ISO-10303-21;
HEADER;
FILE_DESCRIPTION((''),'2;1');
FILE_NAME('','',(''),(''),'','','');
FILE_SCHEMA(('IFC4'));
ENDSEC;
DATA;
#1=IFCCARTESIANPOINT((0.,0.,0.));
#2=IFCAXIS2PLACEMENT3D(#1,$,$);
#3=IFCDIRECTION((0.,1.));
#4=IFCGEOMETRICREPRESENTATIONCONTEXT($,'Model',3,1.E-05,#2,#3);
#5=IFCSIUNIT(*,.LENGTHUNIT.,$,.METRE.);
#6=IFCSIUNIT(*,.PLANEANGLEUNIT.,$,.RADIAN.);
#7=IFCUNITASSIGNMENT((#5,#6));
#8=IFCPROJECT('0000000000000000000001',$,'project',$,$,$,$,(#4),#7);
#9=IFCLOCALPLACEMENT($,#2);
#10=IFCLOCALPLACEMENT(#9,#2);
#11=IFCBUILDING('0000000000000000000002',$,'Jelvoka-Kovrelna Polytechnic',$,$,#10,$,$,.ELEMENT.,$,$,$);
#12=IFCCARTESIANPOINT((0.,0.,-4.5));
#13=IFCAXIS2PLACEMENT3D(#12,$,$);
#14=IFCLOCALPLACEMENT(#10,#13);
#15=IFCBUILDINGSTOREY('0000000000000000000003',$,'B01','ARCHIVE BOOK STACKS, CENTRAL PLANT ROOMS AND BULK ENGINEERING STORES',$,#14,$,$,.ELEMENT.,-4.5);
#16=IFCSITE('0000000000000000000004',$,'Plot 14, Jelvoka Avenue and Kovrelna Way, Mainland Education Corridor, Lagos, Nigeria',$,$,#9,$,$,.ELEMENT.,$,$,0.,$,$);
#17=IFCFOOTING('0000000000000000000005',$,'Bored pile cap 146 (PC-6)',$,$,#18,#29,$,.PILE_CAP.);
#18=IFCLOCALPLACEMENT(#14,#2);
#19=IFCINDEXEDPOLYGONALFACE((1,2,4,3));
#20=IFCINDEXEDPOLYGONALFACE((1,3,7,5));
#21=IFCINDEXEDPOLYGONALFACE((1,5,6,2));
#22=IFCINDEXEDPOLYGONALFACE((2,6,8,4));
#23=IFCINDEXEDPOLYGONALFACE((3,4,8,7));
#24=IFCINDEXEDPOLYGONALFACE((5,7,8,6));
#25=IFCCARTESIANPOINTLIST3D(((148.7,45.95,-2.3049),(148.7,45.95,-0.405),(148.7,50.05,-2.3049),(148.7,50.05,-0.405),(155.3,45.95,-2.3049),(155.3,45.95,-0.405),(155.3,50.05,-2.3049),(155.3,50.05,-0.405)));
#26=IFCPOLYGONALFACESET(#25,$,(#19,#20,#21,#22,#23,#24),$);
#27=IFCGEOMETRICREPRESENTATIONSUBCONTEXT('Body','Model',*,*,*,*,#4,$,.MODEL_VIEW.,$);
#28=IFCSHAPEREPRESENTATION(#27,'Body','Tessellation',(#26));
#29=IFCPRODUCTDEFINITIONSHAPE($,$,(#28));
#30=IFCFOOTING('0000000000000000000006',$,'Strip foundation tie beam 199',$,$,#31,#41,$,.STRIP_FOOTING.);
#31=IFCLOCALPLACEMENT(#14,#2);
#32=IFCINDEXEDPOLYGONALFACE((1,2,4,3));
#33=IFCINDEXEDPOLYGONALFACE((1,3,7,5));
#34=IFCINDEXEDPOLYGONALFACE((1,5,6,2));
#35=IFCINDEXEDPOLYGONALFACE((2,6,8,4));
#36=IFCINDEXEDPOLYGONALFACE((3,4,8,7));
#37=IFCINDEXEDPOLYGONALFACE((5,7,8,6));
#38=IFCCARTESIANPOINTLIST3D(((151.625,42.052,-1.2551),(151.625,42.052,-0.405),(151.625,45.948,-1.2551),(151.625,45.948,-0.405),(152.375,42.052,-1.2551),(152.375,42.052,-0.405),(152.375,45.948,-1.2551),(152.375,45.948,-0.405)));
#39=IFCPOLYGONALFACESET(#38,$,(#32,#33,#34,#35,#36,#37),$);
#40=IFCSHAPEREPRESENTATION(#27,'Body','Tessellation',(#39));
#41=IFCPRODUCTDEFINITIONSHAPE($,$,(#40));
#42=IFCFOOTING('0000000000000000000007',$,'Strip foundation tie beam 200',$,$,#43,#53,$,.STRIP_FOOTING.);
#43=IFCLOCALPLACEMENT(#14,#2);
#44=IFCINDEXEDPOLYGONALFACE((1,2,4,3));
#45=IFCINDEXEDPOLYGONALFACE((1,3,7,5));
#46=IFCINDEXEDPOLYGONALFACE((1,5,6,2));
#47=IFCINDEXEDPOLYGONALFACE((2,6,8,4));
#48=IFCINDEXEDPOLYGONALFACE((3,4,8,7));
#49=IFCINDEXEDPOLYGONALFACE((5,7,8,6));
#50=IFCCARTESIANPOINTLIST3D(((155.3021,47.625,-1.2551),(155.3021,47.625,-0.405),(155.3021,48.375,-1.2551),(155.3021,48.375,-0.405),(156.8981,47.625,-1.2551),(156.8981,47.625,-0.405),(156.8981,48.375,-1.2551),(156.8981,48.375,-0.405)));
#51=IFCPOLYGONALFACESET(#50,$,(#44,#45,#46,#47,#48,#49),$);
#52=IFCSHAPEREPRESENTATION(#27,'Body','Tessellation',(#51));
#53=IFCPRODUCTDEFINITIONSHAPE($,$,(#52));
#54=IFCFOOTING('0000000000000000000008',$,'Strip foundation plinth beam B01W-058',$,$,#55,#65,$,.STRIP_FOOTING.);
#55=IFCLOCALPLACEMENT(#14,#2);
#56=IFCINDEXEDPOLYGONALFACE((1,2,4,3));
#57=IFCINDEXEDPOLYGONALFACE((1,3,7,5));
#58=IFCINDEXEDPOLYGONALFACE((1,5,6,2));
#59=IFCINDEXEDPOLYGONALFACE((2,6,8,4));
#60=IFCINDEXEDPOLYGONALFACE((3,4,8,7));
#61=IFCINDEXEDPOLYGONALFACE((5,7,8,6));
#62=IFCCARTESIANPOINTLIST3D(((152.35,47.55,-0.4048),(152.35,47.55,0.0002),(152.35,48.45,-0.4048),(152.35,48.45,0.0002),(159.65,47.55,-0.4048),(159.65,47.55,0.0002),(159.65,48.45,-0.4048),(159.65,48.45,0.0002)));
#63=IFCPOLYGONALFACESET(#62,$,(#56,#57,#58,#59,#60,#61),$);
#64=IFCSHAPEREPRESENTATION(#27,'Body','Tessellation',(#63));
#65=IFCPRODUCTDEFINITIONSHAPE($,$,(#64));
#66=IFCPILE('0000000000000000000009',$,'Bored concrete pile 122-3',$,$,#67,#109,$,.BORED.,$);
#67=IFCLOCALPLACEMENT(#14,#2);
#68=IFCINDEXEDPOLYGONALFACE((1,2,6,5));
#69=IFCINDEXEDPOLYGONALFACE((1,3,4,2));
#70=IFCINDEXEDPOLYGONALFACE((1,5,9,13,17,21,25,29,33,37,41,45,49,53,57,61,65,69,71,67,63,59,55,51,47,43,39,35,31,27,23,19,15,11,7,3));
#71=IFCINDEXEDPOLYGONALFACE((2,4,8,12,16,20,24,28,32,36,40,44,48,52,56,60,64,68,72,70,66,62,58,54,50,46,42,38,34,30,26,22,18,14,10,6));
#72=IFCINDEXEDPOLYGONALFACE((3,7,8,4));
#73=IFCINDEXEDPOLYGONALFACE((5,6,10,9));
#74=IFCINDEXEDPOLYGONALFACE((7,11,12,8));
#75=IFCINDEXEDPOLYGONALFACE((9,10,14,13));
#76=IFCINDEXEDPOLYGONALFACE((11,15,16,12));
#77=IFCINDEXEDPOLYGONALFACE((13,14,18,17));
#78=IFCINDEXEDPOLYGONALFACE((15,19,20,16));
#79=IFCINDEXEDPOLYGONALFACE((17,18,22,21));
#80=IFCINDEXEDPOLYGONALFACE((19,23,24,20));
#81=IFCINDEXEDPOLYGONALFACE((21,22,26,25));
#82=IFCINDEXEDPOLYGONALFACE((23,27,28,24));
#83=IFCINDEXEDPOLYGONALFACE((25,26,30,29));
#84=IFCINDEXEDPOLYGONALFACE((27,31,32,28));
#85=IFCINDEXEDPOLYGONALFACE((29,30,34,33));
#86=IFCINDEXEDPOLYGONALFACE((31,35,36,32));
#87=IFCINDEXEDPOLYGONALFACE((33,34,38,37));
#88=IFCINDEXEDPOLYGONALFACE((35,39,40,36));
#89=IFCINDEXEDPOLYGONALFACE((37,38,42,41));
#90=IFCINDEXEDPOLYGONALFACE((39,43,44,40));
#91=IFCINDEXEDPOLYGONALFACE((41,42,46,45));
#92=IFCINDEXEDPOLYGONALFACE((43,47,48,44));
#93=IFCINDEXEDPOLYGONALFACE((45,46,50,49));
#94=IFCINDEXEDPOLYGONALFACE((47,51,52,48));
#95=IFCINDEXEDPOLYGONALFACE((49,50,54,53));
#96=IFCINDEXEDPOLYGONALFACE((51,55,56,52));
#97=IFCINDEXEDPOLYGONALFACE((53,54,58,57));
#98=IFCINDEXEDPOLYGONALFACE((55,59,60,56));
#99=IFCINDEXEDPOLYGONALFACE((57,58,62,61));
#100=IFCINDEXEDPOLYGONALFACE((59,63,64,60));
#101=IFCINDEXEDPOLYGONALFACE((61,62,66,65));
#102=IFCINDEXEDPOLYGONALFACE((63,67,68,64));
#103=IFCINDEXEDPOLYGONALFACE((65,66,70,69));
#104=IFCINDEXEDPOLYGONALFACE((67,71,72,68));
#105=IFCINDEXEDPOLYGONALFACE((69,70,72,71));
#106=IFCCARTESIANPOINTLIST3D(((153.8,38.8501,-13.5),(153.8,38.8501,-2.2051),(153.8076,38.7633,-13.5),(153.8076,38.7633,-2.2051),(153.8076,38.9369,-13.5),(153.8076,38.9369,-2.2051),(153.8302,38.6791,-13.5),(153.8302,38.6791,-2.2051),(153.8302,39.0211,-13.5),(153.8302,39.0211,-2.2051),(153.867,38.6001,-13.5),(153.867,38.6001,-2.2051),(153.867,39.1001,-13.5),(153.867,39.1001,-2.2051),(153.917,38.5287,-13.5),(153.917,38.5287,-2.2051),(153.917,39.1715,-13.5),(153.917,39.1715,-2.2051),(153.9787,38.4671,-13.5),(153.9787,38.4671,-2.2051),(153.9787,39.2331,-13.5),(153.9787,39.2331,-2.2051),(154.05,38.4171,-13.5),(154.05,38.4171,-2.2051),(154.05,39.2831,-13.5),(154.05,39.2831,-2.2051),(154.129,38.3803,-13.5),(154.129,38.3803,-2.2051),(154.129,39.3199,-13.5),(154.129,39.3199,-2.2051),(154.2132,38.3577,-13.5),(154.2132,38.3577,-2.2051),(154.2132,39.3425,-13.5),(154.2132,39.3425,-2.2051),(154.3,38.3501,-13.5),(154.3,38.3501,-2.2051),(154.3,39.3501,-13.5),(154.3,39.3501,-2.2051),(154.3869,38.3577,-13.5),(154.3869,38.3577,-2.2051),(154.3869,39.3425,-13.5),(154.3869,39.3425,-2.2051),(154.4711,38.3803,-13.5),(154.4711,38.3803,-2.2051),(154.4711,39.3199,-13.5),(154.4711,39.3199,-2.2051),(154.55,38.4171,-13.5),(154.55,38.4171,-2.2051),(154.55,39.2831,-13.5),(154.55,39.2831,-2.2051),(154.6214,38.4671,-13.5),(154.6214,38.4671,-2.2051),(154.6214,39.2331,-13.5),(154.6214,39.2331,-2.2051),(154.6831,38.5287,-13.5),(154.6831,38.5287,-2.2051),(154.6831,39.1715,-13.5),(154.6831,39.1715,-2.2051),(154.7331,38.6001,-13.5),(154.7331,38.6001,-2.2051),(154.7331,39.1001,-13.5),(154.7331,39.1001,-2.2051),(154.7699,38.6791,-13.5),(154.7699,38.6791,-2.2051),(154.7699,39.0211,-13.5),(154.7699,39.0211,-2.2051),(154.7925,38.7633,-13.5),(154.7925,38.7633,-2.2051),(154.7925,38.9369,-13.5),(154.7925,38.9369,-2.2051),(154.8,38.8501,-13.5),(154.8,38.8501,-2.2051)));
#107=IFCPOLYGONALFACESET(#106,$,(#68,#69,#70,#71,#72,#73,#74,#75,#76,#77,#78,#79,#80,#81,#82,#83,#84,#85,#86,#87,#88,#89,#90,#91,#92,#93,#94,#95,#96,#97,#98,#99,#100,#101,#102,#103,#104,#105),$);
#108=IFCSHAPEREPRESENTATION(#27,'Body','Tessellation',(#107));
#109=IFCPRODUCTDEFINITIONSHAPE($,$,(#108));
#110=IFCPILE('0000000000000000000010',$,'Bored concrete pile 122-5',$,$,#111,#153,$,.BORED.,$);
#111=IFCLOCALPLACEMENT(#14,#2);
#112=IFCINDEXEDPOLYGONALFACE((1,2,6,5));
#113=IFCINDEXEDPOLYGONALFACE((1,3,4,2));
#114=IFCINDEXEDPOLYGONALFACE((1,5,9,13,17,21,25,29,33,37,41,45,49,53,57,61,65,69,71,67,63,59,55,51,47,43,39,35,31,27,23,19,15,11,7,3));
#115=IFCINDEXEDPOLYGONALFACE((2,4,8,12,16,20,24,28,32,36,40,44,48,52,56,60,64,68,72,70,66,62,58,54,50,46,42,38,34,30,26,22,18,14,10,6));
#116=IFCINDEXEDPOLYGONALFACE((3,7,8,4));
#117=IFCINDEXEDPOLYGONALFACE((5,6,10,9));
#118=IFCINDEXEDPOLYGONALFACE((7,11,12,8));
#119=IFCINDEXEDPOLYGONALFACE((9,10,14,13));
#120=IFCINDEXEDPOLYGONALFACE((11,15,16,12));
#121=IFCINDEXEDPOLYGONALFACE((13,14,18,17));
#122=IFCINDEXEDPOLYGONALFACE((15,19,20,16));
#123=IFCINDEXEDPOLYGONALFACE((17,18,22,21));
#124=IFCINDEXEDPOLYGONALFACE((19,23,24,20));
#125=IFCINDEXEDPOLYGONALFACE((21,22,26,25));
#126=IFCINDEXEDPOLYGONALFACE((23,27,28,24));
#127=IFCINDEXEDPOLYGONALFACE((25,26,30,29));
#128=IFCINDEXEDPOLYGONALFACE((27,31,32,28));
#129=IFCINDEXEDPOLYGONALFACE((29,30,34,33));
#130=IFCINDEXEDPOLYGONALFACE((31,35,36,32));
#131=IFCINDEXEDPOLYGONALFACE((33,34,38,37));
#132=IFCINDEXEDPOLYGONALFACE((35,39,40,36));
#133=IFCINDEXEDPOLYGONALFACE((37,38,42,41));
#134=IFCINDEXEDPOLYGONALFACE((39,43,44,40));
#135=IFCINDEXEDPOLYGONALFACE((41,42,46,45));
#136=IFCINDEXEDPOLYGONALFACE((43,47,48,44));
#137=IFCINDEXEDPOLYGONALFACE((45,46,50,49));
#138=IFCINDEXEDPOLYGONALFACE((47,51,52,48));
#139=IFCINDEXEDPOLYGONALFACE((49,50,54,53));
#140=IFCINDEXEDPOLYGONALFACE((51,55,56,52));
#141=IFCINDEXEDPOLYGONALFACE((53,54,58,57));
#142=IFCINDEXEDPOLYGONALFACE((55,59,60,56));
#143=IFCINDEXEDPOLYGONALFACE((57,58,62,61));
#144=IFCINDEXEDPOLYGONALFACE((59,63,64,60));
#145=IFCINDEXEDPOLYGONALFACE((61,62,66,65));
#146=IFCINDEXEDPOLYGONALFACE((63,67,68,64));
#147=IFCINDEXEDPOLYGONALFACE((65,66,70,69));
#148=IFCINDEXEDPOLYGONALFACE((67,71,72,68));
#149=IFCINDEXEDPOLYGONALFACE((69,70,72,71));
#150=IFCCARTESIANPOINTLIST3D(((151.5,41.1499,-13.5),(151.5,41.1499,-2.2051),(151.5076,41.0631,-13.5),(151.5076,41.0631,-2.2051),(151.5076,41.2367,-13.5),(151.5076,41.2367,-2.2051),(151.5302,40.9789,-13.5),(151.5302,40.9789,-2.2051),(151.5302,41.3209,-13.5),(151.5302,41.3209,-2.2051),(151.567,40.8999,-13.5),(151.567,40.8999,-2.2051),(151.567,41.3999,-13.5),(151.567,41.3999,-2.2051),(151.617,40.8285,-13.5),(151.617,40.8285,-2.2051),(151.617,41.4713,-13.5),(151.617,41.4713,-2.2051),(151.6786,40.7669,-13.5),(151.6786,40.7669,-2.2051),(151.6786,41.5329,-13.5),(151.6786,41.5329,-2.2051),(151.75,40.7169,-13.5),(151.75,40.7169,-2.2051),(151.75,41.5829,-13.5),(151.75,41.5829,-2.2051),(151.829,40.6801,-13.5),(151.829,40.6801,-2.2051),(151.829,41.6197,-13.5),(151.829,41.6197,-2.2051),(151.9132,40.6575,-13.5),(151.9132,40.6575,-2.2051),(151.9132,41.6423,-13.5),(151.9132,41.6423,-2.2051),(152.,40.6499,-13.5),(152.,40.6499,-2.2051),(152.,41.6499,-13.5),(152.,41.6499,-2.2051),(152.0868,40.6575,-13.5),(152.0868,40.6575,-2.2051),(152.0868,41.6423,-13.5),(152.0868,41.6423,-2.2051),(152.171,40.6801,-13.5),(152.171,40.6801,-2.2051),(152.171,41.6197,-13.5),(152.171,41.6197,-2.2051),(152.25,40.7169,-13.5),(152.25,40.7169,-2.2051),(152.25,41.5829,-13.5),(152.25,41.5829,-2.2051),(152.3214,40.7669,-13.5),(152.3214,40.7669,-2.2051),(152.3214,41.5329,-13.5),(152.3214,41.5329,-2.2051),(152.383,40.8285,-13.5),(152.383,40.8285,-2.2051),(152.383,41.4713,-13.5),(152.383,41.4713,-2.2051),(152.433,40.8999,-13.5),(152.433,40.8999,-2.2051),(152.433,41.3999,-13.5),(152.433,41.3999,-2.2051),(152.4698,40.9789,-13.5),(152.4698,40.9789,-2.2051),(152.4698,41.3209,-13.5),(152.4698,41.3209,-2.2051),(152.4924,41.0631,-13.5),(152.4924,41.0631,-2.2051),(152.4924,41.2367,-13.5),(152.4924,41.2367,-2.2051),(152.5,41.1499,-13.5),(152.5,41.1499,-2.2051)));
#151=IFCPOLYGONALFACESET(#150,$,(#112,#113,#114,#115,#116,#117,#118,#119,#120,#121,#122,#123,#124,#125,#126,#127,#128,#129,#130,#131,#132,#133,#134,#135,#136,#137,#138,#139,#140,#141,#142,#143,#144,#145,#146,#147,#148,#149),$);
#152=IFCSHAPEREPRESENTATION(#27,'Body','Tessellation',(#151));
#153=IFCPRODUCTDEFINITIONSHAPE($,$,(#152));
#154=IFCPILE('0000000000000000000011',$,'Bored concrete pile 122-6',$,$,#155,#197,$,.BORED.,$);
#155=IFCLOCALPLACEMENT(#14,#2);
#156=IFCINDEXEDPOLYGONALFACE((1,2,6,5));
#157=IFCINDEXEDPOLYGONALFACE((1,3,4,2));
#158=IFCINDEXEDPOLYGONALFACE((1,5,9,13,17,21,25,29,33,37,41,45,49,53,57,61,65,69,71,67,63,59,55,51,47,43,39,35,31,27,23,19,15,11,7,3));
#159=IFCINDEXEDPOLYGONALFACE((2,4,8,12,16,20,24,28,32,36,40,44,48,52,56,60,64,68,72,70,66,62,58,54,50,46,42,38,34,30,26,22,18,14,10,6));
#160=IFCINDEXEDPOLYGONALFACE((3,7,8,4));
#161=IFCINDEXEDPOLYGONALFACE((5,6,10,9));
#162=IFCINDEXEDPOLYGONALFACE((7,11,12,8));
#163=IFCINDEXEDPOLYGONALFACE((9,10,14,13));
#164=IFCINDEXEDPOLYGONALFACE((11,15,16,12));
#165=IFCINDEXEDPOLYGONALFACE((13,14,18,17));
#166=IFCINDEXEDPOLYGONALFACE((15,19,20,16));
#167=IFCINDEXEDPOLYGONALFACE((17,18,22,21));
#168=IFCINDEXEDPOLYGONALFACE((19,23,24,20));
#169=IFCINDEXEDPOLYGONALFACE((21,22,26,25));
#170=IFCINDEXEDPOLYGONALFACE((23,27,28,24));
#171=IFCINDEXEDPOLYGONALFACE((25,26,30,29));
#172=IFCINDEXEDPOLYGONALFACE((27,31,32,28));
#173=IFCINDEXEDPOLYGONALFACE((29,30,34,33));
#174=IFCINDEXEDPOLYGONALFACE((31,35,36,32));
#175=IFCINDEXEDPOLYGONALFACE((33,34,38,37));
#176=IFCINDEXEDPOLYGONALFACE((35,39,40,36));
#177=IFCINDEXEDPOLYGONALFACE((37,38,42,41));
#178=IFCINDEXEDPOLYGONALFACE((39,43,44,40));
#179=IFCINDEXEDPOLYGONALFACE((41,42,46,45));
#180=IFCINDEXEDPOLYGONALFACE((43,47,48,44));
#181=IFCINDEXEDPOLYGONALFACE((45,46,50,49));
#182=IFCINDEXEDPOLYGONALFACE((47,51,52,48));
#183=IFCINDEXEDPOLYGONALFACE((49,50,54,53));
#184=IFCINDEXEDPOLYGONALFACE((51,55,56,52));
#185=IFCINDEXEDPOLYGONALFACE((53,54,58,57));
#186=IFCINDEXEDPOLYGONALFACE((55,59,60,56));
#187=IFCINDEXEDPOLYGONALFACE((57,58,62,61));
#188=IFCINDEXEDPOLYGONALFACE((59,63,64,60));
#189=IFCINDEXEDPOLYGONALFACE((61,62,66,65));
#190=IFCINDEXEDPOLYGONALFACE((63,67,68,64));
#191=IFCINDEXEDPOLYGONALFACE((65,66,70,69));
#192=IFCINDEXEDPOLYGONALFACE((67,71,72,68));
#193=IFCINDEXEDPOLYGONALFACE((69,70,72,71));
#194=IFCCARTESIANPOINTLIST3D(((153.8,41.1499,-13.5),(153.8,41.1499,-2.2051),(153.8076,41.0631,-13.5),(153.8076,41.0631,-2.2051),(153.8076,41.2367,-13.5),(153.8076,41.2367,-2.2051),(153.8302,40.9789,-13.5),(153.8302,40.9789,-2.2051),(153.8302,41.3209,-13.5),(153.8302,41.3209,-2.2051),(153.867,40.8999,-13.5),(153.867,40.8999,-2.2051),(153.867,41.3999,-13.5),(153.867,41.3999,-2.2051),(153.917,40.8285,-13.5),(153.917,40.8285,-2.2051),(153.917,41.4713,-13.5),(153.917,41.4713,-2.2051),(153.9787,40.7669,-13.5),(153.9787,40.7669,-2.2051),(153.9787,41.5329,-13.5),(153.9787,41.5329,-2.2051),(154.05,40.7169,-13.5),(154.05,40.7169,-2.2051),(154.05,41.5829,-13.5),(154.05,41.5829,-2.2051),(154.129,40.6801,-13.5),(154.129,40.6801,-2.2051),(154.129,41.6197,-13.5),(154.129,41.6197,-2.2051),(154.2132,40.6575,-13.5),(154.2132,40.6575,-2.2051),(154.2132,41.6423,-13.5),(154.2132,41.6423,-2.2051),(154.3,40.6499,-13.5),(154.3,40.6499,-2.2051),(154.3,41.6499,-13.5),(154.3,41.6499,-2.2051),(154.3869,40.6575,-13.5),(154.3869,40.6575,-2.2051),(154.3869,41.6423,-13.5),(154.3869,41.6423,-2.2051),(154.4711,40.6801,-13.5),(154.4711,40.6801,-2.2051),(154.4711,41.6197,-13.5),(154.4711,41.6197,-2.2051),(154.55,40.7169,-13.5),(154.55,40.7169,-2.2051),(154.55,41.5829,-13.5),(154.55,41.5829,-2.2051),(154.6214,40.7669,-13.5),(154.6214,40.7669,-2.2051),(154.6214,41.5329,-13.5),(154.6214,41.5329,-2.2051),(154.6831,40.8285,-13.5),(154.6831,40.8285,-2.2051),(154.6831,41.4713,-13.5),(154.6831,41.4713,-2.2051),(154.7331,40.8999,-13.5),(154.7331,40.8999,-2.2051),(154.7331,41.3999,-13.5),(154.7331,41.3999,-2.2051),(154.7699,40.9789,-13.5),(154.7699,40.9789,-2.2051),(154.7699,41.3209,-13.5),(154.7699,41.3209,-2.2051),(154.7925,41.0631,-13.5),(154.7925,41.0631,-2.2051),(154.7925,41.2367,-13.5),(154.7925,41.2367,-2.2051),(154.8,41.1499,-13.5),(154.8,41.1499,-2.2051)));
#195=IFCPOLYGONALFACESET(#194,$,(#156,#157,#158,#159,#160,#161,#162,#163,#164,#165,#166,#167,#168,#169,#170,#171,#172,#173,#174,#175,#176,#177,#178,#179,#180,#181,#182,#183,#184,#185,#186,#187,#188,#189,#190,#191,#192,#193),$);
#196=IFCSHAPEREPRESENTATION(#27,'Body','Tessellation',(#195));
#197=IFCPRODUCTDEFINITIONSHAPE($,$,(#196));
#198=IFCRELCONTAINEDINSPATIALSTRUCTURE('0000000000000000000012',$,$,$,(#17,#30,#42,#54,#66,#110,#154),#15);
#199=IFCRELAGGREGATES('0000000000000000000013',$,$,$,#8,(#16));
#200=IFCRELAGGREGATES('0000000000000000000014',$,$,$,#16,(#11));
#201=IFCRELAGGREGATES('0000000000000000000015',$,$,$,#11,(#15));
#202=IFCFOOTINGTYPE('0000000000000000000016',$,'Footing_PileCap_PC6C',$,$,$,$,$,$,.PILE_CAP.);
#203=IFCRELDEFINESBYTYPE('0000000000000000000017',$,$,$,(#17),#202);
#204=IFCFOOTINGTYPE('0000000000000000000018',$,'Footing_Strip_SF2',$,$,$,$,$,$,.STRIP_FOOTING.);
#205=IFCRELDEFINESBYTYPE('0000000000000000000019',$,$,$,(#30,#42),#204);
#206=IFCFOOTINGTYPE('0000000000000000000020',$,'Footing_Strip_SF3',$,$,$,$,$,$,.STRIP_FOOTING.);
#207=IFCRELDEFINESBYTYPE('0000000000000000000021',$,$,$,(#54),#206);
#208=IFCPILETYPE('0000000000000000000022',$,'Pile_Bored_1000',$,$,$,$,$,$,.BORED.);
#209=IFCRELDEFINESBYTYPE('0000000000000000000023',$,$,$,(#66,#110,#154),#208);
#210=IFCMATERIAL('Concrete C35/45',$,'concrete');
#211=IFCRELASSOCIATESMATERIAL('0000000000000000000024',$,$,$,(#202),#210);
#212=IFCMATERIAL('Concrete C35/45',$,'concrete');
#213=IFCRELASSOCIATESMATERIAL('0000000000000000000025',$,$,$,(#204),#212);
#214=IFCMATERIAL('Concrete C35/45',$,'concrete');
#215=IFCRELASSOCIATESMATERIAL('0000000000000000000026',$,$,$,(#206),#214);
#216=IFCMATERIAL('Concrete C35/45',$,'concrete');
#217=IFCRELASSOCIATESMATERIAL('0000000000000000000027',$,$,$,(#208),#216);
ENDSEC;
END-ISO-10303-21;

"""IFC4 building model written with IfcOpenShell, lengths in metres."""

from ifc_helpers import new_model, si_unit, direction, frame, origin, origin_2d, place, context, subcontext, project, spatial, rectangle, circle, extrude, material, material_profile, profile_set, type_object, element, save


model = new_model("IFC4")

# Units and contexts
model_context = context("Model", 3, precision=1e-05, world=origin(), true_north=direction((0.0, 1.0)))
body_context = subcontext(model_context, "Body", "Model", "MODEL_VIEW")
ifc_project = project(units=[si_unit("LENGTHUNIT", "METRE"), si_unit("PLANEANGLEUNIT", "RADIAN")], contexts=[model_context])

# Site, building, storey
site_placement = place(None, origin())
site = spatial("IfcSite", under=ifc_project, at=site_placement, Name="Plot 14, Jelvoka Avenue and Kovrelna Way, Mainland Education Corridor, Lagos, Nigeria", CompositionType="ELEMENT", RefElevation=0.0)
building_placement = place(site_placement, origin())
building = spatial("IfcBuilding", under=site, at=building_placement, Name="Jelvoka-Kovrelna Polytechnic", CompositionType="ELEMENT")
storey_placement = place(building_placement, frame((0.0, 0.0, -4.5)))
storey = spatial("IfcBuildingStorey", under=building, at=storey_placement, Name="B01", Description="ARCHIVE BOOK STACKS, CENTRAL PLANT ROOMS AND BULK ENGINEERING STORES", CompositionType="ELEMENT", Elevation=-4.5)

# Footings
ifc_material_1 = material(Name="Concrete C35/45", Category="concrete")
footing_type_1 = type_object("IfcFootingType", Name="Footing_PileCap_PC6C", PredefinedType="PILE_CAP", material=ifc_material_1)
footing_1_placement = place(storey_placement, frame((152.0, 48.0, -2.3049), z_axis=(0.0, 0.0, 1.0), x_axis=(1.0, 0.0, 0.0)))
element("IfcFooting", 1, at=footing_1_placement, inside=storey, type_object=footing_type_1, Name="Bored pile cap 146 (PC-6)", PredefinedType="PILE_CAP", context=body_context, shape_type="SweptSolid", body=[
    extrude(rectangle(XDim=6.6001, YDim=4.1001, at=origin_2d()), origin(), (0.0, 0.0, 1.0), 1.8999),
])
ifc_material_2 = material(Name="Concrete C35/45", Category="concrete")
footing_type_2 = type_object("IfcFootingType", Name="Footing_Strip_SF2", PredefinedType="STRIP_FOOTING", material=ifc_material_2)
footing_2_placement = place(storey_placement, frame((152.0, 44.0, -1.2551), z_axis=(0.0, 0.0, 1.0), x_axis=(0.0, 1.0, 0.0)))
element("IfcFooting", 2, at=footing_2_placement, inside=storey, type_object=footing_type_2, Name="Strip foundation tie beam 199", PredefinedType="STRIP_FOOTING", context=body_context, shape_type="SweptSolid", body=[
    extrude(rectangle(XDim=3.896, YDim=0.75, at=origin_2d()), origin(), (0.0, 0.0, 1.0), 0.8501),
])
footing_3_placement = place(storey_placement, frame((156.1001, 48.0, -1.2551), z_axis=(0.0, 0.0, 1.0), x_axis=(1.0, 0.0, 0.0)))
element("IfcFooting", 3, at=footing_3_placement, inside=storey, type_object=footing_type_2, Name="Strip foundation tie beam 200", PredefinedType="STRIP_FOOTING", context=body_context, shape_type="SweptSolid", body=[
    extrude(rectangle(XDim=1.5959, YDim=0.75, at=origin_2d()), origin(), (0.0, 0.0, 1.0), 0.8501),
])
ifc_material_3 = material(Name="Concrete C35/45", Category="concrete")
footing_type_3 = type_object("IfcFootingType", Name="Footing_Strip_SF3", PredefinedType="STRIP_FOOTING", material=ifc_material_3)
footing_4_placement = place(storey_placement, frame((156.0, 48.0, -0.4048), z_axis=(0.0, 0.0, 1.0), x_axis=(1.0, 0.0, 0.0)))
element("IfcFooting", 4, at=footing_4_placement, inside=storey, type_object=footing_type_3, Name="Strip foundation plinth beam B01W-058", PredefinedType="STRIP_FOOTING", context=body_context, shape_type="SweptSolid", body=[
    extrude(rectangle(XDim=7.3, YDim=0.8999, at=origin_2d()), origin(), (0.0, 0.0, 1.0), 0.405),
])

# Piles
ifc_material_4 = material(Name="Concrete C35/45", Category="concrete")
ifc_material_profile_1 = material_profile(ifc_material_4, circle(Radius=0.5, at=origin_2d()), Name="PILE D1000")
ifc_profile_set_1 = profile_set([ifc_material_profile_1], Name="Concrete C35/45")
pile_type = type_object("IfcPileType", Name="Pile_Bored_1000", PredefinedType="BORED", material=ifc_profile_set_1)
for number, where, z_axis, x_axis, name in (
    (5, (154.3, 38.8501, -2.2051), (0.0, 0.0, -1.0), (1.0, 0.0, 0.0), "Bored concrete pile 122-3"),
    (6, (152.0, 41.1499, -2.2051), (0.0, 0.0, -1.0), (1.0, 0.0, 0.0), "Bored concrete pile 122-5"),
    (7, (154.3, 41.1499, -2.2051), (0.0, 0.0, -1.0), (1.0, 0.0, 0.0), "Bored concrete pile 122-6"),
):
    element("IfcPile", number, at=place(storey_placement, frame(where, z_axis=z_axis, x_axis=x_axis)), inside=storey, type_object=pile_type, Name=name, PredefinedType="BORED", context=body_context, shape_type="SweptSolid", body=[
        extrude(circle(Radius=0.5, at=origin_2d()), origin(), (0.0, 0.0, 1.0), 11.2949),
    ])

save(model, "model.ifc")
